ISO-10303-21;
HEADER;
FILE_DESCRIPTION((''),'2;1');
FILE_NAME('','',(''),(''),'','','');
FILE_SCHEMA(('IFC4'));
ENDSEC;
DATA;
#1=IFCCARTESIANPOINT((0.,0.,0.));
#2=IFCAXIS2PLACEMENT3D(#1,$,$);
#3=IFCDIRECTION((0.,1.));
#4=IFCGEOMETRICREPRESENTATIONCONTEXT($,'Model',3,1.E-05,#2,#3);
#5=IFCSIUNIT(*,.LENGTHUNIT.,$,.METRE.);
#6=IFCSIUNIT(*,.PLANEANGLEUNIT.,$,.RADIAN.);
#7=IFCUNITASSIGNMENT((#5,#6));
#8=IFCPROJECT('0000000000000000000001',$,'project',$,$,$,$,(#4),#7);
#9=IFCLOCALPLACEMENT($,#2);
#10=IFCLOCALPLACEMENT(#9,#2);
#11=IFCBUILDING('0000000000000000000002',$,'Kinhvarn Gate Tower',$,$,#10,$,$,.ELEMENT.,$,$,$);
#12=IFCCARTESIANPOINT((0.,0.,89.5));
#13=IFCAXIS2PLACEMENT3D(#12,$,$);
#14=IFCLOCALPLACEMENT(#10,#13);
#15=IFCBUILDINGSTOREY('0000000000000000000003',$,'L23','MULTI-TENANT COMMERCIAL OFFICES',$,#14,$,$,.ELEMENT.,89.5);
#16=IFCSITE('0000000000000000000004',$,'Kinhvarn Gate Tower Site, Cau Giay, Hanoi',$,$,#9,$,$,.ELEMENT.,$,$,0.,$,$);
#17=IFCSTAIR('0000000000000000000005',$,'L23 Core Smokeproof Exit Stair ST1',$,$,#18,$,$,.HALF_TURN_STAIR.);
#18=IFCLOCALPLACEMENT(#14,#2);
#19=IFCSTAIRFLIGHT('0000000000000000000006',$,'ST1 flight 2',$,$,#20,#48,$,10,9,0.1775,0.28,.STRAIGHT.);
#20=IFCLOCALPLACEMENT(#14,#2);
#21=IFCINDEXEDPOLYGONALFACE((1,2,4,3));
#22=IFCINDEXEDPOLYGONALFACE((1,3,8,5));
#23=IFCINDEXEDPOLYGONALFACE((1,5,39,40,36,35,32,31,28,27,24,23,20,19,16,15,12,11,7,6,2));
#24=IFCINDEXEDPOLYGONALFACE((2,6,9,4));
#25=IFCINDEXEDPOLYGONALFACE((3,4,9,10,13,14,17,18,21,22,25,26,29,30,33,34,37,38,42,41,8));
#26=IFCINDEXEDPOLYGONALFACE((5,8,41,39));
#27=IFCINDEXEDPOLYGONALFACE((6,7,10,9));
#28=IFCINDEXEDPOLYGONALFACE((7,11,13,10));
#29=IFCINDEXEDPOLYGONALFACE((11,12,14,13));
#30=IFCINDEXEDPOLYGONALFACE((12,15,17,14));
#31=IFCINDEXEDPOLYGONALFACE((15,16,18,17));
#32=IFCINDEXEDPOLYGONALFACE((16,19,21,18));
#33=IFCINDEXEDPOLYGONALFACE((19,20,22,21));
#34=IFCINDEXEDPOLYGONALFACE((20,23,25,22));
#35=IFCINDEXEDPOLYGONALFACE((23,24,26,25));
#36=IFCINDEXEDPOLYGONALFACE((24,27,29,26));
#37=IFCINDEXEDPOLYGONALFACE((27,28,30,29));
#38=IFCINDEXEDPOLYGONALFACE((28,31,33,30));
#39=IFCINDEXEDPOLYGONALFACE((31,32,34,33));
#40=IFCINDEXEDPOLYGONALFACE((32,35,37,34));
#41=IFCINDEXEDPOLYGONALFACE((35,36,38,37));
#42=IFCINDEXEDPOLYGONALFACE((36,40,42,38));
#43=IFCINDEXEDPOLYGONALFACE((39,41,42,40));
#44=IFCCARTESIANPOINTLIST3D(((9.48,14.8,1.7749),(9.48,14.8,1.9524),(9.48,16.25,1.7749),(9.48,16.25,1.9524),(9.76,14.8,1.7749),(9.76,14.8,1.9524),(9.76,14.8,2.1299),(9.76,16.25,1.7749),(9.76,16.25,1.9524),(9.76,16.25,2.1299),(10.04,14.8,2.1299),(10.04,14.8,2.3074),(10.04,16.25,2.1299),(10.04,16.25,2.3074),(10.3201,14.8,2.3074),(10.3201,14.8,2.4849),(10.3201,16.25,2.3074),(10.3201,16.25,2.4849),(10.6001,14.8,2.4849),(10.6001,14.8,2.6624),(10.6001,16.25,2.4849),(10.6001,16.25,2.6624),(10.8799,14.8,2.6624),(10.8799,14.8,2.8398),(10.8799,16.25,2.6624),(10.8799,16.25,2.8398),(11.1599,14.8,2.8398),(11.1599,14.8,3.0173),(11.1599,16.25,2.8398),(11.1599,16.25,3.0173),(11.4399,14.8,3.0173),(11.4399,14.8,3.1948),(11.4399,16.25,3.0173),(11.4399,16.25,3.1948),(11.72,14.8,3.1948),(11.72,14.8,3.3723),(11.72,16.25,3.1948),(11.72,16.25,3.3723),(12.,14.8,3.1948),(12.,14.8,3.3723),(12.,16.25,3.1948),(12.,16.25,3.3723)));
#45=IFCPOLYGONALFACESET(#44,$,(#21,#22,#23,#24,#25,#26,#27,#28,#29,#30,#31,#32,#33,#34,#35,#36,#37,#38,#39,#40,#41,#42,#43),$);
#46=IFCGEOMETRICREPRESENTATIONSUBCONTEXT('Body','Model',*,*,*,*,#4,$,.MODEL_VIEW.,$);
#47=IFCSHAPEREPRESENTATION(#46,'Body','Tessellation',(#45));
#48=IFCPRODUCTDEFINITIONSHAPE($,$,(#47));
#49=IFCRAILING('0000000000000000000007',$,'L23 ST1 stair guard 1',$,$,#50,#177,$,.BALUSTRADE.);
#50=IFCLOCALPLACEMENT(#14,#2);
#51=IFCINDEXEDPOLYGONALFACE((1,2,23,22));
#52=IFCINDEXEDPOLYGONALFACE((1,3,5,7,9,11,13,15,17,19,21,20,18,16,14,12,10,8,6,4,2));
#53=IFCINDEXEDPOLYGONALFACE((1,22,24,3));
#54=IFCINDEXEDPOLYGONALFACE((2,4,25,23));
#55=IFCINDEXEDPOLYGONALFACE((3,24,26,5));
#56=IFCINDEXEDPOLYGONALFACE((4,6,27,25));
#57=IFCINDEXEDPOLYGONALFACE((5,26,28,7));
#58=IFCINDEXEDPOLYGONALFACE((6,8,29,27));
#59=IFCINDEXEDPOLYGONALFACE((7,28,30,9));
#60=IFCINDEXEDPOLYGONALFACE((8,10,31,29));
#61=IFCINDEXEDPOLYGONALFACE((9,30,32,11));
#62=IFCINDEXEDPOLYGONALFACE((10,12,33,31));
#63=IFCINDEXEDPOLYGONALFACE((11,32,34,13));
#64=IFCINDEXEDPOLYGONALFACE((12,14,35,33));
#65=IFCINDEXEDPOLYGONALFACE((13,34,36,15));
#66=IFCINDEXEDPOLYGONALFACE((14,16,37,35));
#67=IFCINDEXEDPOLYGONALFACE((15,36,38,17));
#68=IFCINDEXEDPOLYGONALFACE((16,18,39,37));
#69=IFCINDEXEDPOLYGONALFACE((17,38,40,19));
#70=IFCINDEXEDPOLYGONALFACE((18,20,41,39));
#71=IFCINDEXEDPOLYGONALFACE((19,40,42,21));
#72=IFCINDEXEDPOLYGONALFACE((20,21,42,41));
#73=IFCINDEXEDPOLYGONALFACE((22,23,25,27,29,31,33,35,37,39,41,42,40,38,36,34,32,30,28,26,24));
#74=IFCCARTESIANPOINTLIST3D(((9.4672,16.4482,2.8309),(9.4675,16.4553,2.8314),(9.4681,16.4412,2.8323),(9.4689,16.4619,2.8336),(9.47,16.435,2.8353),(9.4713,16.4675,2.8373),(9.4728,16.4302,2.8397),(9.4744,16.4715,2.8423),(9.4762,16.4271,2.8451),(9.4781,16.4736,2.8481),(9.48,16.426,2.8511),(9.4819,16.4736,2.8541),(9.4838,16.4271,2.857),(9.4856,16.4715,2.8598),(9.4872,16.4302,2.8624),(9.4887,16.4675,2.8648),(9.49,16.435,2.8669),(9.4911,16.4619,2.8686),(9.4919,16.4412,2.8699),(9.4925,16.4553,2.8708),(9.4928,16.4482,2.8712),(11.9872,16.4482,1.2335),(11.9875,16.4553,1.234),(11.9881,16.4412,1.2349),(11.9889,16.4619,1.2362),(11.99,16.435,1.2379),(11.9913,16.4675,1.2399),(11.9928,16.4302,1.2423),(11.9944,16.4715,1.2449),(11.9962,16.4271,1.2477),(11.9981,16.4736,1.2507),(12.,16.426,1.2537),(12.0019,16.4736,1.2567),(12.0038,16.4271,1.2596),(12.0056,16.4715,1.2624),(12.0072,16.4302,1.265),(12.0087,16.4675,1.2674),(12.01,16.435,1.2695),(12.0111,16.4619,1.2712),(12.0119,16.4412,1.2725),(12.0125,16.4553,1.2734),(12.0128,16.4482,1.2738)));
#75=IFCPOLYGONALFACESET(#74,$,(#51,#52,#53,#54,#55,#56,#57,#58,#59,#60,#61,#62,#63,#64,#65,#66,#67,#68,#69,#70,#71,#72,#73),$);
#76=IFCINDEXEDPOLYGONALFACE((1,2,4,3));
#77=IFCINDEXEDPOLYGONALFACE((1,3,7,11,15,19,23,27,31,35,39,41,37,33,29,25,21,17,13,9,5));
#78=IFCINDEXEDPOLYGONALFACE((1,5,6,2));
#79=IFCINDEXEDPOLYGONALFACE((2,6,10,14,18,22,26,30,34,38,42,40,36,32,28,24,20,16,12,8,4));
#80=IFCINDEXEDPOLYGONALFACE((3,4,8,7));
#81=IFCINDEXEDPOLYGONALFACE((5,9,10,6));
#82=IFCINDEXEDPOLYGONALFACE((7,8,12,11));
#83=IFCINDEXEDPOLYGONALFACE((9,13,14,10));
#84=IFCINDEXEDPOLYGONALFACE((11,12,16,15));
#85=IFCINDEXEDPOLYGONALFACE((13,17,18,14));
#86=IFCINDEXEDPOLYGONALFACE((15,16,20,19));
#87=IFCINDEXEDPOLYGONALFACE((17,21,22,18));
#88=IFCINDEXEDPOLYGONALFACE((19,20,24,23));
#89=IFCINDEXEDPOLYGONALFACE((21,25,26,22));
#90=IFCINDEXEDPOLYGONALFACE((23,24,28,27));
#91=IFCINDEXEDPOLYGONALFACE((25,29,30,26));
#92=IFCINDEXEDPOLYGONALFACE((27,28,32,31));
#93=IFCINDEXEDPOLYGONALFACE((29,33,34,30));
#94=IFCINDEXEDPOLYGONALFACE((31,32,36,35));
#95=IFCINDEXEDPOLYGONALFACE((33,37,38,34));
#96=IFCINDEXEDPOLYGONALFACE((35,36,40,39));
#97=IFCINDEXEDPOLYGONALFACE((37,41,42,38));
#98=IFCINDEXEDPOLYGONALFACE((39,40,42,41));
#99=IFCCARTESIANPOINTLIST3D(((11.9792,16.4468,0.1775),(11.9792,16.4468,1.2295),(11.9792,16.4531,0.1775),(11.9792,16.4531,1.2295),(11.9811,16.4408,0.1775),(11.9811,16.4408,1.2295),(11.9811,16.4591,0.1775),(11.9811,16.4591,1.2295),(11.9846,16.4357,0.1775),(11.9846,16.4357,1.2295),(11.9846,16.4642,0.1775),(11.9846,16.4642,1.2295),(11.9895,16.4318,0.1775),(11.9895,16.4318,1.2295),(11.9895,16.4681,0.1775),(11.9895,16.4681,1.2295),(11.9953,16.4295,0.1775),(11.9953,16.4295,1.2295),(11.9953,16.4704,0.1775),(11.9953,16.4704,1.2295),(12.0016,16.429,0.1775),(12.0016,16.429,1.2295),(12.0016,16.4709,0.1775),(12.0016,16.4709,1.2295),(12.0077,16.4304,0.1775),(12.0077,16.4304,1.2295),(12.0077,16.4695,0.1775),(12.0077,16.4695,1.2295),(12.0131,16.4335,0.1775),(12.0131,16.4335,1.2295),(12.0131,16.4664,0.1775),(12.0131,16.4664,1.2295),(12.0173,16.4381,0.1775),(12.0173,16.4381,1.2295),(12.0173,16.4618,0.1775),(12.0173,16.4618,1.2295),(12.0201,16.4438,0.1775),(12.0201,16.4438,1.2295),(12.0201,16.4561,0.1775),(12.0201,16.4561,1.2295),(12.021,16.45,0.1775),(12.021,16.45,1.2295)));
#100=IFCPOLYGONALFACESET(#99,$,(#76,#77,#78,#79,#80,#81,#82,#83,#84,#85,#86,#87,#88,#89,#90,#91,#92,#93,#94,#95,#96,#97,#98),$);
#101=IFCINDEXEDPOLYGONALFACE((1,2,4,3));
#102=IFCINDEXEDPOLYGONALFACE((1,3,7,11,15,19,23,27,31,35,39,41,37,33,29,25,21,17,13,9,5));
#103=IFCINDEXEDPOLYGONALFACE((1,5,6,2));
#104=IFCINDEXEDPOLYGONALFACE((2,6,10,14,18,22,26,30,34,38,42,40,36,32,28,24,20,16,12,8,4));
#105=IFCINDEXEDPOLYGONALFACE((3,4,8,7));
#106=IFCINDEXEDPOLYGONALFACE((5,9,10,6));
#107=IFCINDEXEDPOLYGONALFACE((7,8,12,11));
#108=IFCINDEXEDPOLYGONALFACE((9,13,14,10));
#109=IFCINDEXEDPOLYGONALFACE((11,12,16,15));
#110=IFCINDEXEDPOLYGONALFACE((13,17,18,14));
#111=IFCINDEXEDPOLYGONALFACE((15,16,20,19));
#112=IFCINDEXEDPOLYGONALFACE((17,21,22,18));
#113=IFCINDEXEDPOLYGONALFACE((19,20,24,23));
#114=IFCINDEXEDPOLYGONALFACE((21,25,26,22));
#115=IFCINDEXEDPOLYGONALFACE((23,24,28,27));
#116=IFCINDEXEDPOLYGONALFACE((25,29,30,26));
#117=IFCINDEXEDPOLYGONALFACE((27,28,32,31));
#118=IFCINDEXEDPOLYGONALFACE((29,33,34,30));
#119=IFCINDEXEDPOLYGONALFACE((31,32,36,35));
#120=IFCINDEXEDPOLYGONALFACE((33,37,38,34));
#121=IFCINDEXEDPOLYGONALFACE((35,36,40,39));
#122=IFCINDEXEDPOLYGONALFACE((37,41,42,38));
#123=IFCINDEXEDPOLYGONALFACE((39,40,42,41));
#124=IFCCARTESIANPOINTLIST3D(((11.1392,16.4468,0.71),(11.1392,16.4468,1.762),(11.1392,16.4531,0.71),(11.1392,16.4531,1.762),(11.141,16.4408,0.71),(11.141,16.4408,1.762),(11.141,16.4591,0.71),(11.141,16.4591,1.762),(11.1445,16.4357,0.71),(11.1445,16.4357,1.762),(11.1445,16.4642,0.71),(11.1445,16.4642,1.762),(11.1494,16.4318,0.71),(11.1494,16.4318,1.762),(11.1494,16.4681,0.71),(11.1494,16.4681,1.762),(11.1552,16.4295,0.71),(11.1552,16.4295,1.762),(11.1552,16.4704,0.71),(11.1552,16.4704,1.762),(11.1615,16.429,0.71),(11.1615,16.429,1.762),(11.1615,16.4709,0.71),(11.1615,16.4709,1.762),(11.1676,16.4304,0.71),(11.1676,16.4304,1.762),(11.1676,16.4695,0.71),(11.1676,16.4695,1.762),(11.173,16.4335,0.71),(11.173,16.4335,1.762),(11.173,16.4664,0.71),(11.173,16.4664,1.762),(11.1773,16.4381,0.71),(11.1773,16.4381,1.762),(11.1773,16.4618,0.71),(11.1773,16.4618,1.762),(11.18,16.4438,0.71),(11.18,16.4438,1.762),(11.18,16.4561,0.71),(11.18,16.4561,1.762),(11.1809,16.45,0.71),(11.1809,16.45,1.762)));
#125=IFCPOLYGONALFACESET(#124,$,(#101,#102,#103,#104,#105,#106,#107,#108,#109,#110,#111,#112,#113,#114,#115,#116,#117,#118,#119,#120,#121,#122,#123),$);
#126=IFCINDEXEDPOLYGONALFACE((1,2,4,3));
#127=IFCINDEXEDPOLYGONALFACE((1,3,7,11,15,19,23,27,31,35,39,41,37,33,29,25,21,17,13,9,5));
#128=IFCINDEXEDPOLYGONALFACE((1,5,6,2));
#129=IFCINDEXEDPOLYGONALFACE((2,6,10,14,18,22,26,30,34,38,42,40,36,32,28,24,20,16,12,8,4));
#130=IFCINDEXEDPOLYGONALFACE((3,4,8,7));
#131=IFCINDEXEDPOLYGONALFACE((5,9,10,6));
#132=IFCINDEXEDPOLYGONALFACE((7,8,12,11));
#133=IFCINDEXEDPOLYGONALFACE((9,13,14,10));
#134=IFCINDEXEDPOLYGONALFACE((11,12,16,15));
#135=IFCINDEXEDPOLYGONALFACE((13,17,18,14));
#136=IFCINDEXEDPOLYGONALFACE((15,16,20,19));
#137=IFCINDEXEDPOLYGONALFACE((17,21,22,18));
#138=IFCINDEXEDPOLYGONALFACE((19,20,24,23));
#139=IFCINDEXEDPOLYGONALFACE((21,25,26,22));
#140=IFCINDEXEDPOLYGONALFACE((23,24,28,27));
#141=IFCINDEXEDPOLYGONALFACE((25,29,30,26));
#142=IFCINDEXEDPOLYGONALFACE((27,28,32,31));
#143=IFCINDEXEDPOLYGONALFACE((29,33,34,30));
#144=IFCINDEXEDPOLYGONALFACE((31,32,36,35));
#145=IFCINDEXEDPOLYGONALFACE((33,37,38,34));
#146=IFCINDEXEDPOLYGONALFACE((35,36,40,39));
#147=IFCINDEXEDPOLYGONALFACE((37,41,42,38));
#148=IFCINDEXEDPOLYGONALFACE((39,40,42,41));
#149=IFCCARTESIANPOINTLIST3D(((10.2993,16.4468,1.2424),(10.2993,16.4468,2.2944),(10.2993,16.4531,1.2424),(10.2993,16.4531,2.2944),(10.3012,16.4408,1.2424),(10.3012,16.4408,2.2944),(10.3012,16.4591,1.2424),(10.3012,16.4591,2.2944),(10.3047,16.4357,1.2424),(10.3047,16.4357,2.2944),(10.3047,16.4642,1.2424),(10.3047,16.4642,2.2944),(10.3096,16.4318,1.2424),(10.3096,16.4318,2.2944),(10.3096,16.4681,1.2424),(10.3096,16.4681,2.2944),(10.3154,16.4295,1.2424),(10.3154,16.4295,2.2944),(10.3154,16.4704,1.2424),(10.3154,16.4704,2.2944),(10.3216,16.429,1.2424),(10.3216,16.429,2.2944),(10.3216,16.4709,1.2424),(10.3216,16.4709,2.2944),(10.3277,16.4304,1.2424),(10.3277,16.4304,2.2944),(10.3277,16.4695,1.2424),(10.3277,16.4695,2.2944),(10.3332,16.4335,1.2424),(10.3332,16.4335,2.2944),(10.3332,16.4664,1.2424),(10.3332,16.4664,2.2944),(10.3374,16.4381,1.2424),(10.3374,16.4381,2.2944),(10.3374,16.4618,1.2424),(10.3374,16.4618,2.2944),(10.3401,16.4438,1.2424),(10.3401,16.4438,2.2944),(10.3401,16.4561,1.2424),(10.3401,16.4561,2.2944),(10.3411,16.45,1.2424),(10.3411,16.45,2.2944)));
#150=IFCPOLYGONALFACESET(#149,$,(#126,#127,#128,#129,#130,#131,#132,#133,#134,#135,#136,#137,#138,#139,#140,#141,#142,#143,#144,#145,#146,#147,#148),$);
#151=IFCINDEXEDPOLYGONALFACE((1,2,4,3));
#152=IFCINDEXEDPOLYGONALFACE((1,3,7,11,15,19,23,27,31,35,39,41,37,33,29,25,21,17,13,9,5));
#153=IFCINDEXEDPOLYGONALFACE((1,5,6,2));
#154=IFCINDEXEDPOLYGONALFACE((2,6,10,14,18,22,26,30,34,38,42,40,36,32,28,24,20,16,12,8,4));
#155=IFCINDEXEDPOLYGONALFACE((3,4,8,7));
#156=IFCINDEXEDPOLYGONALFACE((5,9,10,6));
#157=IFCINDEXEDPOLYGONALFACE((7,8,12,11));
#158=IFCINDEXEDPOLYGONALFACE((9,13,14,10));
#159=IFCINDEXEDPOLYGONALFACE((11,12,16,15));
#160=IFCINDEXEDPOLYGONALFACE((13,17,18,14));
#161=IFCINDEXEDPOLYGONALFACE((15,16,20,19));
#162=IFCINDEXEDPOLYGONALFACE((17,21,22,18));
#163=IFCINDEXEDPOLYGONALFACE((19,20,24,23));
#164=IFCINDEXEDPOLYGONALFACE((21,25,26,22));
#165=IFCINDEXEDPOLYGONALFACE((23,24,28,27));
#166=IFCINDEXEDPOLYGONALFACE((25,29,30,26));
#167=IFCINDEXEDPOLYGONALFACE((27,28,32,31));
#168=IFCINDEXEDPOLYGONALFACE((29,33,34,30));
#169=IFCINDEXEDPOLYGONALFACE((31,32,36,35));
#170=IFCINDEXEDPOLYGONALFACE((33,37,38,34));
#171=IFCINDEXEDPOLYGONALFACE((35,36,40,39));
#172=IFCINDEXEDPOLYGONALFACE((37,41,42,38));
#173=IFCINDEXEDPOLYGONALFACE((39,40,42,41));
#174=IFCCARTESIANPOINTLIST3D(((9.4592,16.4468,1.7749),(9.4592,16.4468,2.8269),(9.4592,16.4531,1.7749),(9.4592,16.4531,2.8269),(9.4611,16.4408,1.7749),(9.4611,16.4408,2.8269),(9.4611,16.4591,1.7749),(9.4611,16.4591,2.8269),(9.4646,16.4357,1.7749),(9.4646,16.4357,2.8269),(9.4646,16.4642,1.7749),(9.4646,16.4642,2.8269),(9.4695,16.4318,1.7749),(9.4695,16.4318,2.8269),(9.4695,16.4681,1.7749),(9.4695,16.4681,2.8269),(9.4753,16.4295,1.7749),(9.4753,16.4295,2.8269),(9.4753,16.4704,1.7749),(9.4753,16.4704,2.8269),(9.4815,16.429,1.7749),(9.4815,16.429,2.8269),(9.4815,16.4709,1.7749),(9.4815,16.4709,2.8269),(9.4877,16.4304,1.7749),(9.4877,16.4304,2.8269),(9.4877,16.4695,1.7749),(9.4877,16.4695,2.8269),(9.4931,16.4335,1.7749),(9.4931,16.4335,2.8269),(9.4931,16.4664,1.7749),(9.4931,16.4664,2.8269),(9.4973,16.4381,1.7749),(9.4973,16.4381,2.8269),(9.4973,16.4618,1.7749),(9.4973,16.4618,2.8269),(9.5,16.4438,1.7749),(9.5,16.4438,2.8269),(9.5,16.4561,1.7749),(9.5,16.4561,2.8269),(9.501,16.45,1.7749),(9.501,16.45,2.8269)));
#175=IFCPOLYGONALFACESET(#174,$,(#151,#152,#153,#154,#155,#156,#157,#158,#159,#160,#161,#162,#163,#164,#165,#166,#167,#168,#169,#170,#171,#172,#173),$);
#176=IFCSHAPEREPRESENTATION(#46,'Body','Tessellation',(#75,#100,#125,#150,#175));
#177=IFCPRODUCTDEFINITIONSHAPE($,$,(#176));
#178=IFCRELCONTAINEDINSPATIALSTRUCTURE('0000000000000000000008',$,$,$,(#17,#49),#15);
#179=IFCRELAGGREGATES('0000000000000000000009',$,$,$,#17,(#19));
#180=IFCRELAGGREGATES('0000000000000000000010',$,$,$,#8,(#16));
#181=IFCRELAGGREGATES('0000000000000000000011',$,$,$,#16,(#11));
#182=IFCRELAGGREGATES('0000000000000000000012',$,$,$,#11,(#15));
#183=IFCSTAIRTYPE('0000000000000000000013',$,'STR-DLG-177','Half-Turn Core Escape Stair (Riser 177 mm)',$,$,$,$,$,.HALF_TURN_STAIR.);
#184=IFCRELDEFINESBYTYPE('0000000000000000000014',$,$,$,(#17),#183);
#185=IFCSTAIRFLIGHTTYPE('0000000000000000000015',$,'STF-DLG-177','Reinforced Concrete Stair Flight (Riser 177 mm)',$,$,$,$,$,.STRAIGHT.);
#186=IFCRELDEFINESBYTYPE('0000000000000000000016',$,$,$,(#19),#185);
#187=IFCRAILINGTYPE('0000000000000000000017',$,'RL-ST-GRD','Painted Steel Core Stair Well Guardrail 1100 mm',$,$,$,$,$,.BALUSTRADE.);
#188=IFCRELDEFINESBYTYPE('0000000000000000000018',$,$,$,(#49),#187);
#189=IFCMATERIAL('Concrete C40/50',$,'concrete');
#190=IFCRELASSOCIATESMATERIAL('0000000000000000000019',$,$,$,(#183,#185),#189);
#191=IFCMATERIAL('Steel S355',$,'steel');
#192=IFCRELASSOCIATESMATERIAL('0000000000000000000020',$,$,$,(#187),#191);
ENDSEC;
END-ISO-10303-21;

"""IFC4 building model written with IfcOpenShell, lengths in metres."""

from ifc_helpers import new_model, si_unit, direction, frame, origin, origin_2d, place, context, subcontext, project, spatial, polyline, circle, outline, extrude, material, type_object, element, aggregate, save


model = new_model("IFC4")

# Units and contexts
model_context = context("Model", 3, precision=1e-05, world=origin(), true_north=direction((0.0, 1.0)))
body_context = subcontext(model_context, "Body", "Model", "MODEL_VIEW")
ifc_project = project(units=[si_unit("LENGTHUNIT", "METRE"), si_unit("PLANEANGLEUNIT", "RADIAN")], contexts=[model_context])

# Site, building, storey
site_placement = place(None, origin())
site = spatial("IfcSite", under=ifc_project, at=site_placement, Name="Kinhvarn Gate Tower Site, Cau Giay, Hanoi", CompositionType="ELEMENT", RefElevation=0.0)
building_placement = place(site_placement, origin())
building = spatial("IfcBuilding", under=site, at=building_placement, Name="Kinhvarn Gate Tower", CompositionType="ELEMENT")
storey_placement = place(building_placement, frame((0.0, 0.0, 89.5)))
storey = spatial("IfcBuildingStorey", under=building, at=storey_placement, Name="L23", Description="MULTI-TENANT COMMERCIAL OFFICES", CompositionType="ELEMENT", Elevation=89.5)

# Shared definitions
ifc_material_1 = material(Name="Steel S355", Category="steel")

# Shared definitions
ifc_material_2 = material(Name="Concrete C40/50", Category="concrete")

# Stair, stair flight
stair_type = type_object("IfcStairType", Name="STR-DLG-177", Description="Half-Turn Core Escape Stair (Riser 177 mm)", PredefinedType="HALF_TURN_STAIR", material=ifc_material_2)
stair_placement = place(storey_placement, origin())
stair = element("IfcStair", 1, at=stair_placement, inside=storey, type_object=stair_type, Name="L23 Core Smokeproof Exit Stair ST1", PredefinedType="HALF_TURN_STAIR")
stair_flight_type = type_object("IfcStairFlightType", Name="STF-DLG-177", Description="Reinforced Concrete Stair Flight (Riser 177 mm)", PredefinedType="STRAIGHT", material=ifc_material_2)
stair_flight_1_placement = place(storey_placement, frame((9.48, 15.5249, 1.7749), z_axis=(0.0, 0.0, 1.0), x_axis=(1.0, 0.0, 0.0)))
stair_flight_1 = element("IfcStairFlight", 2, at=stair_flight_1_placement, type_object=stair_flight_type, Name="ST1 flight 2", NumberOfRisers=10, NumberOfTreads=9, PredefinedType="STRAIGHT", RiserHeight=0.1775, TreadLength=0.28, context=body_context, shape_type="SweptSolid", body=[
    extrude(outline(polyline([(0.0, 0.0), (0.0, 0.1775), (0.28, 0.1775), (0.28, 0.355), (0.5601, 0.355), (0.5601, 0.5325), (0.8401, 0.5325), (0.8401, 0.71), (1.1201, 0.71), (1.1201, 0.8875), (1.3999, 0.8875), (1.3999, 1.0649), (1.6799, 1.0649), (1.6799, 1.2424), (1.96, 1.2424), (1.96, 1.4199), (2.24, 1.4199), (2.24, 1.5974), (2.52, 1.5974), (2.52, 1.7749), (2.52, 1.4199), (0.28, 0.0), (0.0, 0.0)])), frame((0.0, 0.7251, 0.0), z_axis=(0.0, -1.0, 0.0), x_axis=(1.0, 0.0, 0.0)), (0.0, 0.0, 1.0), 1.45),
])
aggregate(stair, [stair_flight_1])

# Railing
railing_type_1 = type_object("IfcRailingType", Name="RL-ST-GRD", Description="Painted Steel Core Stair Well Guardrail 1100 mm", PredefinedType="BALUSTRADE", material=ifc_material_1)
railing_1_placement = place(storey_placement, frame((12.0, 16.45, 0.1775)))
element("IfcRailing", 3, at=railing_1_placement, inside=storey, type_object=railing_type_1, Name="L23 ST1 stair guard 1", PredefinedType="BALUSTRADE", context=body_context, shape_type="SweptSolid", body=[
    extrude(circle(Radius=0.0239, at=origin_2d()), frame((0.0, 0.0, 1.0762), z_axis=(-0.844607, 0.0, 0.535387), x_axis=(0.0, -1.0, 0.0)), (0.0, 0.0, 1.0), 2.9836),
    extrude(circle(Radius=0.021, at=origin_2d()), origin(), (0.0, 0.0, 1.0), 1.052),
    extrude(circle(Radius=0.021, at=origin_2d()), frame((-0.8401, 0.0, 0.5325)), (0.0, 0.0, 1.0), 1.052),
    extrude(circle(Radius=0.021, at=origin_2d()), frame((-1.6799, 0.0, 1.0649)), (0.0, 0.0, 1.0), 1.052),
    extrude(circle(Radius=0.021, at=origin_2d()), frame((-2.52, 0.0, 1.5974)), (0.0, 0.0, 1.0), 1.052),
])

save(model, "model.ifc")
